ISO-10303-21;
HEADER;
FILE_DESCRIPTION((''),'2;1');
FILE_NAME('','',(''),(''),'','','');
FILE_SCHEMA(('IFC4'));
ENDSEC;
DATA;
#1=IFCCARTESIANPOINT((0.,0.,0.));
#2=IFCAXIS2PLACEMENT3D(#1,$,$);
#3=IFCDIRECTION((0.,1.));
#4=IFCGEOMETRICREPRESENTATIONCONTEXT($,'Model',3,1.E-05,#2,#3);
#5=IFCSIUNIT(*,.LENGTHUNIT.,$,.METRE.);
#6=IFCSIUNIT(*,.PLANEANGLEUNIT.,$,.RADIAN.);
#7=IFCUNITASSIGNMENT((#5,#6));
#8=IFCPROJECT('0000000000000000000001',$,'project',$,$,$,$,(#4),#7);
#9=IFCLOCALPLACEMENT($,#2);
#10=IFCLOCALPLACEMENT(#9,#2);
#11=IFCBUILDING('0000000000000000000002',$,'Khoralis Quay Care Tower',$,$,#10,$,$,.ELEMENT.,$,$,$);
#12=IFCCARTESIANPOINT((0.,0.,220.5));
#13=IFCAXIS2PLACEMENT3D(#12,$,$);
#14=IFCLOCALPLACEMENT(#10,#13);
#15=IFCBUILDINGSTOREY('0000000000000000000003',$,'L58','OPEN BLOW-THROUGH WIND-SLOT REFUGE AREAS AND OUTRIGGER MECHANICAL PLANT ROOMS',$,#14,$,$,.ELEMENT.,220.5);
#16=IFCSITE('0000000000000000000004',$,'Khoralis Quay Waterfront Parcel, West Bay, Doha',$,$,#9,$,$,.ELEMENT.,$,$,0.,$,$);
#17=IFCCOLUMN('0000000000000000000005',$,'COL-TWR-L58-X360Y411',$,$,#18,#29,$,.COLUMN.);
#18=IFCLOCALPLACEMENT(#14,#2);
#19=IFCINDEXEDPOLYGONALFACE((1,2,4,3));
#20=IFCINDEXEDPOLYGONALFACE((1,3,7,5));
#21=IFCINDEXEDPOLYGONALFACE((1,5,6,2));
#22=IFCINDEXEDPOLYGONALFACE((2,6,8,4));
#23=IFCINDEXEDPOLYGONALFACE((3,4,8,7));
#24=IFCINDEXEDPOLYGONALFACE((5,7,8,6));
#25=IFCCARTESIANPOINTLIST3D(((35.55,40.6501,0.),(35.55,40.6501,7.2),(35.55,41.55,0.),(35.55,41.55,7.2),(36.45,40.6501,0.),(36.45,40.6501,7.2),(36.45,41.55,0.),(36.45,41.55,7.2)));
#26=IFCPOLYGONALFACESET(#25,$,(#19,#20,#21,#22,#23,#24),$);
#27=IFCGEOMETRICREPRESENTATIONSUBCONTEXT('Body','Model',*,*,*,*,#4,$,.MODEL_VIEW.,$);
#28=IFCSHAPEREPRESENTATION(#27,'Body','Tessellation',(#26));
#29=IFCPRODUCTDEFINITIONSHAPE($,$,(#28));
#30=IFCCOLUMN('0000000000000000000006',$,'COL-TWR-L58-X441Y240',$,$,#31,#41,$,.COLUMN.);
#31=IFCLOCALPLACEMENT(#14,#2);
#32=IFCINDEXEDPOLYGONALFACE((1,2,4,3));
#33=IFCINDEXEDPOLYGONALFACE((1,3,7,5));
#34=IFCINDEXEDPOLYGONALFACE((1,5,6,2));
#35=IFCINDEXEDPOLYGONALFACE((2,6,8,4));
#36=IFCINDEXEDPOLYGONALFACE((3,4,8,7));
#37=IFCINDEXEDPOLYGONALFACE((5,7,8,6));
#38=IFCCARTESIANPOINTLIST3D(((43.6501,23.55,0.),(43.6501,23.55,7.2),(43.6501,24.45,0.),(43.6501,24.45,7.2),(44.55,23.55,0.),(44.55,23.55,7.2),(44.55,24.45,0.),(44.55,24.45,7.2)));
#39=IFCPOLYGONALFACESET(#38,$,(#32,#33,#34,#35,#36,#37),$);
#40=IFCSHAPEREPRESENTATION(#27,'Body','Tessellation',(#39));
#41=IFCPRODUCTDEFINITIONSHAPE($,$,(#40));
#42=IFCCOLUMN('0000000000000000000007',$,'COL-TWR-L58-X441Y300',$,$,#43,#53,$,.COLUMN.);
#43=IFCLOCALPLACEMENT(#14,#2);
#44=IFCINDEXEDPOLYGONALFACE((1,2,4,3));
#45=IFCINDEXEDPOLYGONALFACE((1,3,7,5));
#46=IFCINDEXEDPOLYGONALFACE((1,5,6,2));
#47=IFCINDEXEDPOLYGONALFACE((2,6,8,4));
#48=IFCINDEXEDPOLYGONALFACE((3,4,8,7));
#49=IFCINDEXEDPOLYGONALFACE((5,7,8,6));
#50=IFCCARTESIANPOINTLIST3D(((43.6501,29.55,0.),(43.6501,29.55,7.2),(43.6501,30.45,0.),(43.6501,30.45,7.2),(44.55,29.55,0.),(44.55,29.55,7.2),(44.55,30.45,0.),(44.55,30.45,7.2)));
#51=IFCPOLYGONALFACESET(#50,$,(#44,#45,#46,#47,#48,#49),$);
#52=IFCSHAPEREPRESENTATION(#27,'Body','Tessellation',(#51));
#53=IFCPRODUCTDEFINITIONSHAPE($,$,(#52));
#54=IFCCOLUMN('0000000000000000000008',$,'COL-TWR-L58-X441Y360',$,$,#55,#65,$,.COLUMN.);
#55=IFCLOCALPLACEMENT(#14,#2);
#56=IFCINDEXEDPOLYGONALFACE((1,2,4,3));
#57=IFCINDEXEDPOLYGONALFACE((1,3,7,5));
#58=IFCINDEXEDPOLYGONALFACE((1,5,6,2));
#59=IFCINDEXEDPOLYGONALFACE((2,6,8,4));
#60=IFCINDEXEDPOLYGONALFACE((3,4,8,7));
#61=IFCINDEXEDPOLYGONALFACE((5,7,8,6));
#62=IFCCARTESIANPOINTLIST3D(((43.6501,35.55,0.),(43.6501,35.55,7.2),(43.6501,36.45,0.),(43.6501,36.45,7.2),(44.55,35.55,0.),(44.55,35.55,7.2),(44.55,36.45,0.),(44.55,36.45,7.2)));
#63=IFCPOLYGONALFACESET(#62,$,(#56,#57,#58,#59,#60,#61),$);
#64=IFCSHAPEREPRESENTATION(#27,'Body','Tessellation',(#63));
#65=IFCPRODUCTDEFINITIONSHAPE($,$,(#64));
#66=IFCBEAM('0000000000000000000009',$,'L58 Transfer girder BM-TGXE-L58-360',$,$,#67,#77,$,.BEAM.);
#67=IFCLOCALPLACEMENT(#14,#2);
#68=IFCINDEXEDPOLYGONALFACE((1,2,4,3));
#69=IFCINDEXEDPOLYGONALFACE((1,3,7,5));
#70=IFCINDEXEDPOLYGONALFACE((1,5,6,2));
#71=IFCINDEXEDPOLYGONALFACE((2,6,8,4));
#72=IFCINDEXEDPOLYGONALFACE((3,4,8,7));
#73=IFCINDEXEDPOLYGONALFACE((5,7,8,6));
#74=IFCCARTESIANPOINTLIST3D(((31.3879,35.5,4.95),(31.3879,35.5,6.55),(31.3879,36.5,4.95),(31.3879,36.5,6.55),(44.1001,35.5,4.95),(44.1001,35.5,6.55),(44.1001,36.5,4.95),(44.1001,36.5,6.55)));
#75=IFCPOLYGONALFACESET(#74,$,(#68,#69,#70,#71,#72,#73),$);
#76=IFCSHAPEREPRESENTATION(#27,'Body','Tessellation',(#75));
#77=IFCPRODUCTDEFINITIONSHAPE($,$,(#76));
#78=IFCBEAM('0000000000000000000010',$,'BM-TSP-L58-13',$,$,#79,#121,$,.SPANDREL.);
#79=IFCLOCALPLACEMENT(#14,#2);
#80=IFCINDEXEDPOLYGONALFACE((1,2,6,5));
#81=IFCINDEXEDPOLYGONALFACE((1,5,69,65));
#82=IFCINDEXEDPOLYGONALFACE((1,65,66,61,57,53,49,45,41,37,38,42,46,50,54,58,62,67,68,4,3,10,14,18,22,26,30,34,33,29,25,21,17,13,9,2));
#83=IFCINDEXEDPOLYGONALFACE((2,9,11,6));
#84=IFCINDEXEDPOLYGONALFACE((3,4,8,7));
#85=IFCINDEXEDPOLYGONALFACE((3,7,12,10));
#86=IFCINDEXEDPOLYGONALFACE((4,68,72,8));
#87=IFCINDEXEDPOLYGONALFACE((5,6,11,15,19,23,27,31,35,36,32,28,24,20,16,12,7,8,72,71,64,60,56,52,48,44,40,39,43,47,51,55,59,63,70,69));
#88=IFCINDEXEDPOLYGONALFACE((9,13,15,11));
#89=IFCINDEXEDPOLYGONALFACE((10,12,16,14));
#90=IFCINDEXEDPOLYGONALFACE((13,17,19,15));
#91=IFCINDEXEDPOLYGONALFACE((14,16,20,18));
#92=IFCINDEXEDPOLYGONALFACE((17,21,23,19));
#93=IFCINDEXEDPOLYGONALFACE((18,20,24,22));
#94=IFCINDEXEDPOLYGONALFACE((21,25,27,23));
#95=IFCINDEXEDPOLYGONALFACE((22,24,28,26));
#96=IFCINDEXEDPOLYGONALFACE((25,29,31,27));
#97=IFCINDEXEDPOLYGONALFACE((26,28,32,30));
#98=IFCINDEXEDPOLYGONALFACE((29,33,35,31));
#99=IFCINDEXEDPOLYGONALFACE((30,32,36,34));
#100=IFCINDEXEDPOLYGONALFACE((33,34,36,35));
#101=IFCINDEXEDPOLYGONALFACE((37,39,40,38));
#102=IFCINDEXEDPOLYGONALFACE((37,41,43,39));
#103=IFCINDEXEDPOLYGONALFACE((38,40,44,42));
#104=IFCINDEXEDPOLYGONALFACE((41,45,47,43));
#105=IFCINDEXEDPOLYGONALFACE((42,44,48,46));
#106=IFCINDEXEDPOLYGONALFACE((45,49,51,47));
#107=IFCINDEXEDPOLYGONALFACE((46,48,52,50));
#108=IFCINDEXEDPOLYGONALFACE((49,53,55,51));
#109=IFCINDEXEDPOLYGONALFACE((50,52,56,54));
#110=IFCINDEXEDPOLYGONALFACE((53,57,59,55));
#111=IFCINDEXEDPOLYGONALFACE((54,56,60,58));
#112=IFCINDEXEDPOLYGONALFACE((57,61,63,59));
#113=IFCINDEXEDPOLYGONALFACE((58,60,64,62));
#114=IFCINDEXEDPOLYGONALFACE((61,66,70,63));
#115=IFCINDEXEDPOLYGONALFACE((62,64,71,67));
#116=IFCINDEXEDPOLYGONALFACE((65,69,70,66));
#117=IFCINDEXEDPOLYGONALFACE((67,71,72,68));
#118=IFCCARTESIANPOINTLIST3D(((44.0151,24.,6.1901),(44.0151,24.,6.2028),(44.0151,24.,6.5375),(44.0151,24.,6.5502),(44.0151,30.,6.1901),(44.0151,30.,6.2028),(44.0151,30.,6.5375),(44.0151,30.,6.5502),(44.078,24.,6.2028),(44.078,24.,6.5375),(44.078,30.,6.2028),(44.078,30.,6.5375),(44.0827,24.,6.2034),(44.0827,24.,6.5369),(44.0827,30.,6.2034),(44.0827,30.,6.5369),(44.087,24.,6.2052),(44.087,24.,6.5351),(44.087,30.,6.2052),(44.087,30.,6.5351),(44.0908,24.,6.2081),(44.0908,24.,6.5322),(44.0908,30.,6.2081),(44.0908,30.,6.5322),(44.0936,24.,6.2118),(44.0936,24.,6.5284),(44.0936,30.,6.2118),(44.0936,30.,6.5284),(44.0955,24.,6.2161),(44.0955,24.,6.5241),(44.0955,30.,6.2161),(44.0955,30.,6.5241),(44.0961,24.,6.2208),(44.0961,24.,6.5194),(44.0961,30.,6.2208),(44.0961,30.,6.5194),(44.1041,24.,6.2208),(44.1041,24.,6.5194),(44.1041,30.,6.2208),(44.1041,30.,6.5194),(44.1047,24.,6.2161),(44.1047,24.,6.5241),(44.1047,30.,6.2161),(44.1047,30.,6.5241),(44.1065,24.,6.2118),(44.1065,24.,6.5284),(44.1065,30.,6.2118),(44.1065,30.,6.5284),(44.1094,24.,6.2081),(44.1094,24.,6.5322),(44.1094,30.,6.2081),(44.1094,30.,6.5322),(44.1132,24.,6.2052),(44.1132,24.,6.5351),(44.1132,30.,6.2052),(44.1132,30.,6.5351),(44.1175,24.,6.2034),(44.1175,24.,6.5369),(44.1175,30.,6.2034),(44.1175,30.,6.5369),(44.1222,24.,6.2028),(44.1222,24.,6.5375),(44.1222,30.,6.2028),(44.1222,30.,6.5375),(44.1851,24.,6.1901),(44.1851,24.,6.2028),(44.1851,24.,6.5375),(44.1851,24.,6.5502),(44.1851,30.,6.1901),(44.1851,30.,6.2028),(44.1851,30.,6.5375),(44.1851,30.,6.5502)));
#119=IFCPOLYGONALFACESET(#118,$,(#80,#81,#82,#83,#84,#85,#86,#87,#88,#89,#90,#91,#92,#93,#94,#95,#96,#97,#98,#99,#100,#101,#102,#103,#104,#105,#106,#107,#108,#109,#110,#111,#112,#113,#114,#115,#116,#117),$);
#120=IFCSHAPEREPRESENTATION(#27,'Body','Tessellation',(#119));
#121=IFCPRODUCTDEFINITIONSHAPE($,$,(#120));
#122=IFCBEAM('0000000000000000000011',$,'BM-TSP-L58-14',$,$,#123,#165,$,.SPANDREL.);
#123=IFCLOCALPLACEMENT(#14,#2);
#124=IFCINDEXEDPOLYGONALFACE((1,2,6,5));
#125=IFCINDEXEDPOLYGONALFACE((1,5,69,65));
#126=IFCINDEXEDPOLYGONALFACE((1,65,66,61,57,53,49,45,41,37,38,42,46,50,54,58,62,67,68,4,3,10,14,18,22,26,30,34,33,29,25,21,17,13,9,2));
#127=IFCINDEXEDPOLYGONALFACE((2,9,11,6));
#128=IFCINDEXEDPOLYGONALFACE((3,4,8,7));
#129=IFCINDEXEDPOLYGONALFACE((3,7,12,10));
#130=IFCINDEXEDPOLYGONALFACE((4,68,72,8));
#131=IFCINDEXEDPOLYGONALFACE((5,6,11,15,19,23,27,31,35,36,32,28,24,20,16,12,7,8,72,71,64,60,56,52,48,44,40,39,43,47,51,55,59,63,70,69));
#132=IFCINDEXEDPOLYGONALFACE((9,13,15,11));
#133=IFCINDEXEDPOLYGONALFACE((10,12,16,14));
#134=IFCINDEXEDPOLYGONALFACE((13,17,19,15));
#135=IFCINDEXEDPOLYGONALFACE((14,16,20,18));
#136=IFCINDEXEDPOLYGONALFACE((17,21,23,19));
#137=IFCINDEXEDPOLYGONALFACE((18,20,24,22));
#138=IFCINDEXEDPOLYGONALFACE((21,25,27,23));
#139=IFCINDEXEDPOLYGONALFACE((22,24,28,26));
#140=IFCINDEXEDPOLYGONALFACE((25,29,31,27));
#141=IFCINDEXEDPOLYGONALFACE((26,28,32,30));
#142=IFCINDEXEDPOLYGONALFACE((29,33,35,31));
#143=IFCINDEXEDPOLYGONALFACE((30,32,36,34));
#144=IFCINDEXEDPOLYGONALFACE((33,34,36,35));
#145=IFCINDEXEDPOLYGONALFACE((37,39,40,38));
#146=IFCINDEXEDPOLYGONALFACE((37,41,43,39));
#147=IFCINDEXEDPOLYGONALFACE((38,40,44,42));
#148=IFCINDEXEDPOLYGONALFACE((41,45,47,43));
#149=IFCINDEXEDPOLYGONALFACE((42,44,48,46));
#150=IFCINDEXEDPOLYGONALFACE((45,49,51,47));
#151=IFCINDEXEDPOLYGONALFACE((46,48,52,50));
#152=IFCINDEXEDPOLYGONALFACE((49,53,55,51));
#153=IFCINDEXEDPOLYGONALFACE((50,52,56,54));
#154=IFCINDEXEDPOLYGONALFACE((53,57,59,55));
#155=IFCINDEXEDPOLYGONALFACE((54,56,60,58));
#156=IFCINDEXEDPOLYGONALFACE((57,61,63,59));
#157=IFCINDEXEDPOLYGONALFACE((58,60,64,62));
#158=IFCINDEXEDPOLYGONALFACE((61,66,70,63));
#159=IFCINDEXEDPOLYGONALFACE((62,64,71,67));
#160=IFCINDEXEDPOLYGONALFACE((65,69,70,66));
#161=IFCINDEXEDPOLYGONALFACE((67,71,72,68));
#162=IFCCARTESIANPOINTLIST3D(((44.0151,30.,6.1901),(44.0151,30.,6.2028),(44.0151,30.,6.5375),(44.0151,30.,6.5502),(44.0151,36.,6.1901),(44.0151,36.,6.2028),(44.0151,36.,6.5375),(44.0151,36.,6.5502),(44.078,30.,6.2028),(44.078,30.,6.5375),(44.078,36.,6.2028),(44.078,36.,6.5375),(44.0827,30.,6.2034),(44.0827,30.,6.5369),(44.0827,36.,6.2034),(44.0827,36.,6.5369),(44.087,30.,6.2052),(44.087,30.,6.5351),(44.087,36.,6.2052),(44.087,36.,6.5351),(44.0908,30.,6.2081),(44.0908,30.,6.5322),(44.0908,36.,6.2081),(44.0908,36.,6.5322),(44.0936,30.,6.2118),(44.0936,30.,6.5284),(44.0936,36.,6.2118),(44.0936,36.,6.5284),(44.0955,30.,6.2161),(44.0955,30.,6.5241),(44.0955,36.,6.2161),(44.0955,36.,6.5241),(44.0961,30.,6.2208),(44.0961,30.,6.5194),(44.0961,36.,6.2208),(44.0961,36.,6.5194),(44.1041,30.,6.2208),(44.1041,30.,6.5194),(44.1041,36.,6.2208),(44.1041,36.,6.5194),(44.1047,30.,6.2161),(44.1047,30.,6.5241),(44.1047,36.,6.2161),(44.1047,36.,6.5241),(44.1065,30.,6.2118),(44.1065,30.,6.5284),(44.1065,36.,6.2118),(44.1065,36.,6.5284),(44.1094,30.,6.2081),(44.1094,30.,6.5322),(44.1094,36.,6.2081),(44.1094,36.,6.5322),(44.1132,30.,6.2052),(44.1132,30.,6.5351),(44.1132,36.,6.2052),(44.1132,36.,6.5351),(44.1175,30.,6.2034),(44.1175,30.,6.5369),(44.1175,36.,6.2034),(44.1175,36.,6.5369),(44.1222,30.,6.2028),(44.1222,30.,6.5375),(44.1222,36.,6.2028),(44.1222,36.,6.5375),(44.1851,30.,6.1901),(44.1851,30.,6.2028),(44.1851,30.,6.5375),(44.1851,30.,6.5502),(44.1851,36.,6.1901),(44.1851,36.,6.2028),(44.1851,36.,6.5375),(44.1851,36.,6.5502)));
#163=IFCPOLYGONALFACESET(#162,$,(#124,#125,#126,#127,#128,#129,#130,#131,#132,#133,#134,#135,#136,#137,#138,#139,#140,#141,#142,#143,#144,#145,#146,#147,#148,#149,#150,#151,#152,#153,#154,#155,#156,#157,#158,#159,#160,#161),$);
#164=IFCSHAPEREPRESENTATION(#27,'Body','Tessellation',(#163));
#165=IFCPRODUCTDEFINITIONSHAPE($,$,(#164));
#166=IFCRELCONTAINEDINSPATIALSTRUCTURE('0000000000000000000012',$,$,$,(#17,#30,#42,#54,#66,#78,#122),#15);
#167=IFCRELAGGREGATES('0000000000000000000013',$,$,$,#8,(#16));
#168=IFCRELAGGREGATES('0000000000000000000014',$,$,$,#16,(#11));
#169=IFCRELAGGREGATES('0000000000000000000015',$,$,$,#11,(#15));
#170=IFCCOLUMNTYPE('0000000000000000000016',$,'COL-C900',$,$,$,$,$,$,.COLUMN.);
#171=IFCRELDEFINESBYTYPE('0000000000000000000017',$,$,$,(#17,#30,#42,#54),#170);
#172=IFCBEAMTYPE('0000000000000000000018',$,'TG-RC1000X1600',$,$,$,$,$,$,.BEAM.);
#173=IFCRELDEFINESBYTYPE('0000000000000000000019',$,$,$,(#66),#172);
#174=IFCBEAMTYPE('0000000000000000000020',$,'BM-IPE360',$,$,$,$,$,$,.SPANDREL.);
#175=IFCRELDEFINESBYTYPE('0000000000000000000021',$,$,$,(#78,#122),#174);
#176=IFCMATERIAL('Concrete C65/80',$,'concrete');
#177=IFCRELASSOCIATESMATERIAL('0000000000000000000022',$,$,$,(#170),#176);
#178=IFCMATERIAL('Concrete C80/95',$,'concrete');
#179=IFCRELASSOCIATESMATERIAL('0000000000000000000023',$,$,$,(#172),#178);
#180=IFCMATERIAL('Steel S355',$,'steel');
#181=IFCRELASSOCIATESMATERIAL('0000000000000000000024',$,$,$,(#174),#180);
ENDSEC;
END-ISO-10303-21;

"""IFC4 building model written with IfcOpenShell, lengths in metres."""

from ifc_helpers import new_model, si_unit, direction, frame, origin, origin_2d, place, context, subcontext, project, spatial, rectangle, i_section, extrude, source, transform, mapped, material, material_profile, profile_set, type_object, element, save


model = new_model("IFC4")

# Units and contexts
model_context = context("Model", 3, precision=1e-05, world=origin(), true_north=direction((0.0, 1.0)))
body_context = subcontext(model_context, "Body", "Model", "MODEL_VIEW")
ifc_project = project(units=[si_unit("LENGTHUNIT", "METRE"), si_unit("PLANEANGLEUNIT", "RADIAN")], contexts=[model_context])

# Site, building, storey
site_placement = place(None, origin())
site = spatial("IfcSite", under=ifc_project, at=site_placement, Name="Khoralis Quay Waterfront Parcel, West Bay, Doha", CompositionType="ELEMENT", RefElevation=0.0)
building_placement = place(site_placement, origin())
building = spatial("IfcBuilding", under=site, at=building_placement, Name="Khoralis Quay Care Tower", CompositionType="ELEMENT")
storey_placement = place(building_placement, frame((0.0, 0.0, 220.5)))
storey = spatial("IfcBuildingStorey", under=building, at=storey_placement, Name="L58", Description="OPEN BLOW-THROUGH WIND-SLOT REFUGE AREAS AND OUTRIGGER MECHANICAL PLANT ROOMS", CompositionType="ELEMENT", Elevation=220.5)

# Columns
ifc_material_1 = material(Name="Concrete C65/80", Category="concrete")
ifc_material_profile_1 = material_profile(ifc_material_1, rectangle(XDim=0.8999, YDim=0.8999, at=origin_2d()), Name="Concrete C65/80")
ifc_profile_set_1 = profile_set([ifc_material_profile_1], Name="Concrete C65/80")
column_type = type_object("IfcColumnType", Name="COL-C900", PredefinedType="COLUMN", material=ifc_profile_set_1)
shared_shape_1 = source(origin(), body_context, "Body", "SweptSolid", [
    extrude(rectangle(XDim=0.8999, YDim=0.8999, at=origin_2d()), origin(), (0.0, 0.0, 1.0), 7.2),
])
for number, where, z_axis, x_axis, name in (
    (1, (36.0, 41.1001, 0.0), (0.0, 0.0, 1.0), (1.0, 0.0, 0.0), "COL-TWR-L58-X360Y411"),
    (2, (44.1001, 24.0, 0.0), (0.0, 0.0, 1.0), (1.0, 0.0, 0.0), "COL-TWR-L58-X441Y240"),
    (3, (44.1001, 30.0, 0.0), (0.0, 0.0, 1.0), (1.0, 0.0, 0.0), "COL-TWR-L58-X441Y300"),
    (4, (44.1001, 36.0, 0.0), (0.0, 0.0, 1.0), (1.0, 0.0, 0.0), "COL-TWR-L58-X441Y360"),
):
    element("IfcColumn", number, at=place(storey_placement, frame(where, z_axis=z_axis, x_axis=x_axis)), inside=storey, type_object=column_type, Name=name, PredefinedType="COLUMN", context=body_context, shape_type="MappedRepresentation", body=[
        mapped(shared_shape_1, transform((0.0, 0.0, 0.0), scale=1.0)),
    ])

# Beams
ifc_material_2 = material(Name="Concrete C80/95", Category="concrete")
ifc_material_profile_2 = material_profile(ifc_material_2, rectangle(XDim=1.0, YDim=1.6001, at=origin_2d()), Name="Concrete C80/95")
ifc_profile_set_2 = profile_set([ifc_material_profile_2], Name="Concrete C80/95")
beam_type_1 = type_object("IfcBeamType", Name="TG-RC1000X1600", PredefinedType="BEAM", material=ifc_profile_set_2)
shared_shape_2 = source(origin(), body_context, "Body", "SweptSolid", [
    extrude(rectangle(XDim=1.0, YDim=1.6001, at=origin_2d()), origin(), (0.0, 0.0, 1.0), 12.7122),
])
beam_1_placement = place(storey_placement, frame((31.3879, 36.0, 5.75), z_axis=(1.0, 0.0, 0.0), x_axis=(0.0, 1.0, 0.0)))
element("IfcBeam", 5, at=beam_1_placement, inside=storey, type_object=beam_type_1, Name="L58 Transfer girder BM-TGXE-L58-360", PredefinedType="BEAM", context=body_context, shape_type="MappedRepresentation", body=[
    mapped(shared_shape_2, transform((0.0, 0.0, 0.0), scale=1.0)),
])
ifc_material_3 = material(Name="Steel S355", Category="steel")
ifc_material_profile_3 = material_profile(ifc_material_3, i_section(OverallWidth=0.1699, OverallDepth=0.3601, WebThickness=0.0081, FlangeThickness=0.0127, FilletRadius=0.0181, at=origin_2d()), Name="Steel S355")
ifc_profile_set_3 = profile_set([ifc_material_profile_3], Name="Steel S355")
beam_type_2 = type_object("IfcBeamType", Name="BM-IPE360", PredefinedType="SPANDREL", material=ifc_profile_set_3)
shared_shape_3 = source(origin(), body_context, "Body", "SweptSolid", [
    extrude(i_section(OverallWidth=0.1699, OverallDepth=0.3601, WebThickness=0.0081, FlangeThickness=0.0127, FilletRadius=0.0181, at=origin_2d()), origin(), (0.0, 0.0, 1.0), 6.0),
])
for number, where, z_axis, x_axis, name in (
    (6, (44.1001, 24.0, 6.3701), (0.0, 1.0, 0.0), (-1.0, 0.0, 0.0), "BM-TSP-L58-13"),
    (7, (44.1001, 30.0, 6.3701), (0.0, 1.0, 0.0), (-1.0, 0.0, 0.0), "BM-TSP-L58-14"),
):
    element("IfcBeam", number, at=place(storey_placement, frame(where, z_axis=z_axis, x_axis=x_axis)), inside=storey, type_object=beam_type_2, Name=name, PredefinedType="SPANDREL", context=body_context, shape_type="MappedRepresentation", body=[
        mapped(shared_shape_3, transform((0.0, 0.0, 0.0), scale=1.0)),
    ])

save(model, "model.ifc")
